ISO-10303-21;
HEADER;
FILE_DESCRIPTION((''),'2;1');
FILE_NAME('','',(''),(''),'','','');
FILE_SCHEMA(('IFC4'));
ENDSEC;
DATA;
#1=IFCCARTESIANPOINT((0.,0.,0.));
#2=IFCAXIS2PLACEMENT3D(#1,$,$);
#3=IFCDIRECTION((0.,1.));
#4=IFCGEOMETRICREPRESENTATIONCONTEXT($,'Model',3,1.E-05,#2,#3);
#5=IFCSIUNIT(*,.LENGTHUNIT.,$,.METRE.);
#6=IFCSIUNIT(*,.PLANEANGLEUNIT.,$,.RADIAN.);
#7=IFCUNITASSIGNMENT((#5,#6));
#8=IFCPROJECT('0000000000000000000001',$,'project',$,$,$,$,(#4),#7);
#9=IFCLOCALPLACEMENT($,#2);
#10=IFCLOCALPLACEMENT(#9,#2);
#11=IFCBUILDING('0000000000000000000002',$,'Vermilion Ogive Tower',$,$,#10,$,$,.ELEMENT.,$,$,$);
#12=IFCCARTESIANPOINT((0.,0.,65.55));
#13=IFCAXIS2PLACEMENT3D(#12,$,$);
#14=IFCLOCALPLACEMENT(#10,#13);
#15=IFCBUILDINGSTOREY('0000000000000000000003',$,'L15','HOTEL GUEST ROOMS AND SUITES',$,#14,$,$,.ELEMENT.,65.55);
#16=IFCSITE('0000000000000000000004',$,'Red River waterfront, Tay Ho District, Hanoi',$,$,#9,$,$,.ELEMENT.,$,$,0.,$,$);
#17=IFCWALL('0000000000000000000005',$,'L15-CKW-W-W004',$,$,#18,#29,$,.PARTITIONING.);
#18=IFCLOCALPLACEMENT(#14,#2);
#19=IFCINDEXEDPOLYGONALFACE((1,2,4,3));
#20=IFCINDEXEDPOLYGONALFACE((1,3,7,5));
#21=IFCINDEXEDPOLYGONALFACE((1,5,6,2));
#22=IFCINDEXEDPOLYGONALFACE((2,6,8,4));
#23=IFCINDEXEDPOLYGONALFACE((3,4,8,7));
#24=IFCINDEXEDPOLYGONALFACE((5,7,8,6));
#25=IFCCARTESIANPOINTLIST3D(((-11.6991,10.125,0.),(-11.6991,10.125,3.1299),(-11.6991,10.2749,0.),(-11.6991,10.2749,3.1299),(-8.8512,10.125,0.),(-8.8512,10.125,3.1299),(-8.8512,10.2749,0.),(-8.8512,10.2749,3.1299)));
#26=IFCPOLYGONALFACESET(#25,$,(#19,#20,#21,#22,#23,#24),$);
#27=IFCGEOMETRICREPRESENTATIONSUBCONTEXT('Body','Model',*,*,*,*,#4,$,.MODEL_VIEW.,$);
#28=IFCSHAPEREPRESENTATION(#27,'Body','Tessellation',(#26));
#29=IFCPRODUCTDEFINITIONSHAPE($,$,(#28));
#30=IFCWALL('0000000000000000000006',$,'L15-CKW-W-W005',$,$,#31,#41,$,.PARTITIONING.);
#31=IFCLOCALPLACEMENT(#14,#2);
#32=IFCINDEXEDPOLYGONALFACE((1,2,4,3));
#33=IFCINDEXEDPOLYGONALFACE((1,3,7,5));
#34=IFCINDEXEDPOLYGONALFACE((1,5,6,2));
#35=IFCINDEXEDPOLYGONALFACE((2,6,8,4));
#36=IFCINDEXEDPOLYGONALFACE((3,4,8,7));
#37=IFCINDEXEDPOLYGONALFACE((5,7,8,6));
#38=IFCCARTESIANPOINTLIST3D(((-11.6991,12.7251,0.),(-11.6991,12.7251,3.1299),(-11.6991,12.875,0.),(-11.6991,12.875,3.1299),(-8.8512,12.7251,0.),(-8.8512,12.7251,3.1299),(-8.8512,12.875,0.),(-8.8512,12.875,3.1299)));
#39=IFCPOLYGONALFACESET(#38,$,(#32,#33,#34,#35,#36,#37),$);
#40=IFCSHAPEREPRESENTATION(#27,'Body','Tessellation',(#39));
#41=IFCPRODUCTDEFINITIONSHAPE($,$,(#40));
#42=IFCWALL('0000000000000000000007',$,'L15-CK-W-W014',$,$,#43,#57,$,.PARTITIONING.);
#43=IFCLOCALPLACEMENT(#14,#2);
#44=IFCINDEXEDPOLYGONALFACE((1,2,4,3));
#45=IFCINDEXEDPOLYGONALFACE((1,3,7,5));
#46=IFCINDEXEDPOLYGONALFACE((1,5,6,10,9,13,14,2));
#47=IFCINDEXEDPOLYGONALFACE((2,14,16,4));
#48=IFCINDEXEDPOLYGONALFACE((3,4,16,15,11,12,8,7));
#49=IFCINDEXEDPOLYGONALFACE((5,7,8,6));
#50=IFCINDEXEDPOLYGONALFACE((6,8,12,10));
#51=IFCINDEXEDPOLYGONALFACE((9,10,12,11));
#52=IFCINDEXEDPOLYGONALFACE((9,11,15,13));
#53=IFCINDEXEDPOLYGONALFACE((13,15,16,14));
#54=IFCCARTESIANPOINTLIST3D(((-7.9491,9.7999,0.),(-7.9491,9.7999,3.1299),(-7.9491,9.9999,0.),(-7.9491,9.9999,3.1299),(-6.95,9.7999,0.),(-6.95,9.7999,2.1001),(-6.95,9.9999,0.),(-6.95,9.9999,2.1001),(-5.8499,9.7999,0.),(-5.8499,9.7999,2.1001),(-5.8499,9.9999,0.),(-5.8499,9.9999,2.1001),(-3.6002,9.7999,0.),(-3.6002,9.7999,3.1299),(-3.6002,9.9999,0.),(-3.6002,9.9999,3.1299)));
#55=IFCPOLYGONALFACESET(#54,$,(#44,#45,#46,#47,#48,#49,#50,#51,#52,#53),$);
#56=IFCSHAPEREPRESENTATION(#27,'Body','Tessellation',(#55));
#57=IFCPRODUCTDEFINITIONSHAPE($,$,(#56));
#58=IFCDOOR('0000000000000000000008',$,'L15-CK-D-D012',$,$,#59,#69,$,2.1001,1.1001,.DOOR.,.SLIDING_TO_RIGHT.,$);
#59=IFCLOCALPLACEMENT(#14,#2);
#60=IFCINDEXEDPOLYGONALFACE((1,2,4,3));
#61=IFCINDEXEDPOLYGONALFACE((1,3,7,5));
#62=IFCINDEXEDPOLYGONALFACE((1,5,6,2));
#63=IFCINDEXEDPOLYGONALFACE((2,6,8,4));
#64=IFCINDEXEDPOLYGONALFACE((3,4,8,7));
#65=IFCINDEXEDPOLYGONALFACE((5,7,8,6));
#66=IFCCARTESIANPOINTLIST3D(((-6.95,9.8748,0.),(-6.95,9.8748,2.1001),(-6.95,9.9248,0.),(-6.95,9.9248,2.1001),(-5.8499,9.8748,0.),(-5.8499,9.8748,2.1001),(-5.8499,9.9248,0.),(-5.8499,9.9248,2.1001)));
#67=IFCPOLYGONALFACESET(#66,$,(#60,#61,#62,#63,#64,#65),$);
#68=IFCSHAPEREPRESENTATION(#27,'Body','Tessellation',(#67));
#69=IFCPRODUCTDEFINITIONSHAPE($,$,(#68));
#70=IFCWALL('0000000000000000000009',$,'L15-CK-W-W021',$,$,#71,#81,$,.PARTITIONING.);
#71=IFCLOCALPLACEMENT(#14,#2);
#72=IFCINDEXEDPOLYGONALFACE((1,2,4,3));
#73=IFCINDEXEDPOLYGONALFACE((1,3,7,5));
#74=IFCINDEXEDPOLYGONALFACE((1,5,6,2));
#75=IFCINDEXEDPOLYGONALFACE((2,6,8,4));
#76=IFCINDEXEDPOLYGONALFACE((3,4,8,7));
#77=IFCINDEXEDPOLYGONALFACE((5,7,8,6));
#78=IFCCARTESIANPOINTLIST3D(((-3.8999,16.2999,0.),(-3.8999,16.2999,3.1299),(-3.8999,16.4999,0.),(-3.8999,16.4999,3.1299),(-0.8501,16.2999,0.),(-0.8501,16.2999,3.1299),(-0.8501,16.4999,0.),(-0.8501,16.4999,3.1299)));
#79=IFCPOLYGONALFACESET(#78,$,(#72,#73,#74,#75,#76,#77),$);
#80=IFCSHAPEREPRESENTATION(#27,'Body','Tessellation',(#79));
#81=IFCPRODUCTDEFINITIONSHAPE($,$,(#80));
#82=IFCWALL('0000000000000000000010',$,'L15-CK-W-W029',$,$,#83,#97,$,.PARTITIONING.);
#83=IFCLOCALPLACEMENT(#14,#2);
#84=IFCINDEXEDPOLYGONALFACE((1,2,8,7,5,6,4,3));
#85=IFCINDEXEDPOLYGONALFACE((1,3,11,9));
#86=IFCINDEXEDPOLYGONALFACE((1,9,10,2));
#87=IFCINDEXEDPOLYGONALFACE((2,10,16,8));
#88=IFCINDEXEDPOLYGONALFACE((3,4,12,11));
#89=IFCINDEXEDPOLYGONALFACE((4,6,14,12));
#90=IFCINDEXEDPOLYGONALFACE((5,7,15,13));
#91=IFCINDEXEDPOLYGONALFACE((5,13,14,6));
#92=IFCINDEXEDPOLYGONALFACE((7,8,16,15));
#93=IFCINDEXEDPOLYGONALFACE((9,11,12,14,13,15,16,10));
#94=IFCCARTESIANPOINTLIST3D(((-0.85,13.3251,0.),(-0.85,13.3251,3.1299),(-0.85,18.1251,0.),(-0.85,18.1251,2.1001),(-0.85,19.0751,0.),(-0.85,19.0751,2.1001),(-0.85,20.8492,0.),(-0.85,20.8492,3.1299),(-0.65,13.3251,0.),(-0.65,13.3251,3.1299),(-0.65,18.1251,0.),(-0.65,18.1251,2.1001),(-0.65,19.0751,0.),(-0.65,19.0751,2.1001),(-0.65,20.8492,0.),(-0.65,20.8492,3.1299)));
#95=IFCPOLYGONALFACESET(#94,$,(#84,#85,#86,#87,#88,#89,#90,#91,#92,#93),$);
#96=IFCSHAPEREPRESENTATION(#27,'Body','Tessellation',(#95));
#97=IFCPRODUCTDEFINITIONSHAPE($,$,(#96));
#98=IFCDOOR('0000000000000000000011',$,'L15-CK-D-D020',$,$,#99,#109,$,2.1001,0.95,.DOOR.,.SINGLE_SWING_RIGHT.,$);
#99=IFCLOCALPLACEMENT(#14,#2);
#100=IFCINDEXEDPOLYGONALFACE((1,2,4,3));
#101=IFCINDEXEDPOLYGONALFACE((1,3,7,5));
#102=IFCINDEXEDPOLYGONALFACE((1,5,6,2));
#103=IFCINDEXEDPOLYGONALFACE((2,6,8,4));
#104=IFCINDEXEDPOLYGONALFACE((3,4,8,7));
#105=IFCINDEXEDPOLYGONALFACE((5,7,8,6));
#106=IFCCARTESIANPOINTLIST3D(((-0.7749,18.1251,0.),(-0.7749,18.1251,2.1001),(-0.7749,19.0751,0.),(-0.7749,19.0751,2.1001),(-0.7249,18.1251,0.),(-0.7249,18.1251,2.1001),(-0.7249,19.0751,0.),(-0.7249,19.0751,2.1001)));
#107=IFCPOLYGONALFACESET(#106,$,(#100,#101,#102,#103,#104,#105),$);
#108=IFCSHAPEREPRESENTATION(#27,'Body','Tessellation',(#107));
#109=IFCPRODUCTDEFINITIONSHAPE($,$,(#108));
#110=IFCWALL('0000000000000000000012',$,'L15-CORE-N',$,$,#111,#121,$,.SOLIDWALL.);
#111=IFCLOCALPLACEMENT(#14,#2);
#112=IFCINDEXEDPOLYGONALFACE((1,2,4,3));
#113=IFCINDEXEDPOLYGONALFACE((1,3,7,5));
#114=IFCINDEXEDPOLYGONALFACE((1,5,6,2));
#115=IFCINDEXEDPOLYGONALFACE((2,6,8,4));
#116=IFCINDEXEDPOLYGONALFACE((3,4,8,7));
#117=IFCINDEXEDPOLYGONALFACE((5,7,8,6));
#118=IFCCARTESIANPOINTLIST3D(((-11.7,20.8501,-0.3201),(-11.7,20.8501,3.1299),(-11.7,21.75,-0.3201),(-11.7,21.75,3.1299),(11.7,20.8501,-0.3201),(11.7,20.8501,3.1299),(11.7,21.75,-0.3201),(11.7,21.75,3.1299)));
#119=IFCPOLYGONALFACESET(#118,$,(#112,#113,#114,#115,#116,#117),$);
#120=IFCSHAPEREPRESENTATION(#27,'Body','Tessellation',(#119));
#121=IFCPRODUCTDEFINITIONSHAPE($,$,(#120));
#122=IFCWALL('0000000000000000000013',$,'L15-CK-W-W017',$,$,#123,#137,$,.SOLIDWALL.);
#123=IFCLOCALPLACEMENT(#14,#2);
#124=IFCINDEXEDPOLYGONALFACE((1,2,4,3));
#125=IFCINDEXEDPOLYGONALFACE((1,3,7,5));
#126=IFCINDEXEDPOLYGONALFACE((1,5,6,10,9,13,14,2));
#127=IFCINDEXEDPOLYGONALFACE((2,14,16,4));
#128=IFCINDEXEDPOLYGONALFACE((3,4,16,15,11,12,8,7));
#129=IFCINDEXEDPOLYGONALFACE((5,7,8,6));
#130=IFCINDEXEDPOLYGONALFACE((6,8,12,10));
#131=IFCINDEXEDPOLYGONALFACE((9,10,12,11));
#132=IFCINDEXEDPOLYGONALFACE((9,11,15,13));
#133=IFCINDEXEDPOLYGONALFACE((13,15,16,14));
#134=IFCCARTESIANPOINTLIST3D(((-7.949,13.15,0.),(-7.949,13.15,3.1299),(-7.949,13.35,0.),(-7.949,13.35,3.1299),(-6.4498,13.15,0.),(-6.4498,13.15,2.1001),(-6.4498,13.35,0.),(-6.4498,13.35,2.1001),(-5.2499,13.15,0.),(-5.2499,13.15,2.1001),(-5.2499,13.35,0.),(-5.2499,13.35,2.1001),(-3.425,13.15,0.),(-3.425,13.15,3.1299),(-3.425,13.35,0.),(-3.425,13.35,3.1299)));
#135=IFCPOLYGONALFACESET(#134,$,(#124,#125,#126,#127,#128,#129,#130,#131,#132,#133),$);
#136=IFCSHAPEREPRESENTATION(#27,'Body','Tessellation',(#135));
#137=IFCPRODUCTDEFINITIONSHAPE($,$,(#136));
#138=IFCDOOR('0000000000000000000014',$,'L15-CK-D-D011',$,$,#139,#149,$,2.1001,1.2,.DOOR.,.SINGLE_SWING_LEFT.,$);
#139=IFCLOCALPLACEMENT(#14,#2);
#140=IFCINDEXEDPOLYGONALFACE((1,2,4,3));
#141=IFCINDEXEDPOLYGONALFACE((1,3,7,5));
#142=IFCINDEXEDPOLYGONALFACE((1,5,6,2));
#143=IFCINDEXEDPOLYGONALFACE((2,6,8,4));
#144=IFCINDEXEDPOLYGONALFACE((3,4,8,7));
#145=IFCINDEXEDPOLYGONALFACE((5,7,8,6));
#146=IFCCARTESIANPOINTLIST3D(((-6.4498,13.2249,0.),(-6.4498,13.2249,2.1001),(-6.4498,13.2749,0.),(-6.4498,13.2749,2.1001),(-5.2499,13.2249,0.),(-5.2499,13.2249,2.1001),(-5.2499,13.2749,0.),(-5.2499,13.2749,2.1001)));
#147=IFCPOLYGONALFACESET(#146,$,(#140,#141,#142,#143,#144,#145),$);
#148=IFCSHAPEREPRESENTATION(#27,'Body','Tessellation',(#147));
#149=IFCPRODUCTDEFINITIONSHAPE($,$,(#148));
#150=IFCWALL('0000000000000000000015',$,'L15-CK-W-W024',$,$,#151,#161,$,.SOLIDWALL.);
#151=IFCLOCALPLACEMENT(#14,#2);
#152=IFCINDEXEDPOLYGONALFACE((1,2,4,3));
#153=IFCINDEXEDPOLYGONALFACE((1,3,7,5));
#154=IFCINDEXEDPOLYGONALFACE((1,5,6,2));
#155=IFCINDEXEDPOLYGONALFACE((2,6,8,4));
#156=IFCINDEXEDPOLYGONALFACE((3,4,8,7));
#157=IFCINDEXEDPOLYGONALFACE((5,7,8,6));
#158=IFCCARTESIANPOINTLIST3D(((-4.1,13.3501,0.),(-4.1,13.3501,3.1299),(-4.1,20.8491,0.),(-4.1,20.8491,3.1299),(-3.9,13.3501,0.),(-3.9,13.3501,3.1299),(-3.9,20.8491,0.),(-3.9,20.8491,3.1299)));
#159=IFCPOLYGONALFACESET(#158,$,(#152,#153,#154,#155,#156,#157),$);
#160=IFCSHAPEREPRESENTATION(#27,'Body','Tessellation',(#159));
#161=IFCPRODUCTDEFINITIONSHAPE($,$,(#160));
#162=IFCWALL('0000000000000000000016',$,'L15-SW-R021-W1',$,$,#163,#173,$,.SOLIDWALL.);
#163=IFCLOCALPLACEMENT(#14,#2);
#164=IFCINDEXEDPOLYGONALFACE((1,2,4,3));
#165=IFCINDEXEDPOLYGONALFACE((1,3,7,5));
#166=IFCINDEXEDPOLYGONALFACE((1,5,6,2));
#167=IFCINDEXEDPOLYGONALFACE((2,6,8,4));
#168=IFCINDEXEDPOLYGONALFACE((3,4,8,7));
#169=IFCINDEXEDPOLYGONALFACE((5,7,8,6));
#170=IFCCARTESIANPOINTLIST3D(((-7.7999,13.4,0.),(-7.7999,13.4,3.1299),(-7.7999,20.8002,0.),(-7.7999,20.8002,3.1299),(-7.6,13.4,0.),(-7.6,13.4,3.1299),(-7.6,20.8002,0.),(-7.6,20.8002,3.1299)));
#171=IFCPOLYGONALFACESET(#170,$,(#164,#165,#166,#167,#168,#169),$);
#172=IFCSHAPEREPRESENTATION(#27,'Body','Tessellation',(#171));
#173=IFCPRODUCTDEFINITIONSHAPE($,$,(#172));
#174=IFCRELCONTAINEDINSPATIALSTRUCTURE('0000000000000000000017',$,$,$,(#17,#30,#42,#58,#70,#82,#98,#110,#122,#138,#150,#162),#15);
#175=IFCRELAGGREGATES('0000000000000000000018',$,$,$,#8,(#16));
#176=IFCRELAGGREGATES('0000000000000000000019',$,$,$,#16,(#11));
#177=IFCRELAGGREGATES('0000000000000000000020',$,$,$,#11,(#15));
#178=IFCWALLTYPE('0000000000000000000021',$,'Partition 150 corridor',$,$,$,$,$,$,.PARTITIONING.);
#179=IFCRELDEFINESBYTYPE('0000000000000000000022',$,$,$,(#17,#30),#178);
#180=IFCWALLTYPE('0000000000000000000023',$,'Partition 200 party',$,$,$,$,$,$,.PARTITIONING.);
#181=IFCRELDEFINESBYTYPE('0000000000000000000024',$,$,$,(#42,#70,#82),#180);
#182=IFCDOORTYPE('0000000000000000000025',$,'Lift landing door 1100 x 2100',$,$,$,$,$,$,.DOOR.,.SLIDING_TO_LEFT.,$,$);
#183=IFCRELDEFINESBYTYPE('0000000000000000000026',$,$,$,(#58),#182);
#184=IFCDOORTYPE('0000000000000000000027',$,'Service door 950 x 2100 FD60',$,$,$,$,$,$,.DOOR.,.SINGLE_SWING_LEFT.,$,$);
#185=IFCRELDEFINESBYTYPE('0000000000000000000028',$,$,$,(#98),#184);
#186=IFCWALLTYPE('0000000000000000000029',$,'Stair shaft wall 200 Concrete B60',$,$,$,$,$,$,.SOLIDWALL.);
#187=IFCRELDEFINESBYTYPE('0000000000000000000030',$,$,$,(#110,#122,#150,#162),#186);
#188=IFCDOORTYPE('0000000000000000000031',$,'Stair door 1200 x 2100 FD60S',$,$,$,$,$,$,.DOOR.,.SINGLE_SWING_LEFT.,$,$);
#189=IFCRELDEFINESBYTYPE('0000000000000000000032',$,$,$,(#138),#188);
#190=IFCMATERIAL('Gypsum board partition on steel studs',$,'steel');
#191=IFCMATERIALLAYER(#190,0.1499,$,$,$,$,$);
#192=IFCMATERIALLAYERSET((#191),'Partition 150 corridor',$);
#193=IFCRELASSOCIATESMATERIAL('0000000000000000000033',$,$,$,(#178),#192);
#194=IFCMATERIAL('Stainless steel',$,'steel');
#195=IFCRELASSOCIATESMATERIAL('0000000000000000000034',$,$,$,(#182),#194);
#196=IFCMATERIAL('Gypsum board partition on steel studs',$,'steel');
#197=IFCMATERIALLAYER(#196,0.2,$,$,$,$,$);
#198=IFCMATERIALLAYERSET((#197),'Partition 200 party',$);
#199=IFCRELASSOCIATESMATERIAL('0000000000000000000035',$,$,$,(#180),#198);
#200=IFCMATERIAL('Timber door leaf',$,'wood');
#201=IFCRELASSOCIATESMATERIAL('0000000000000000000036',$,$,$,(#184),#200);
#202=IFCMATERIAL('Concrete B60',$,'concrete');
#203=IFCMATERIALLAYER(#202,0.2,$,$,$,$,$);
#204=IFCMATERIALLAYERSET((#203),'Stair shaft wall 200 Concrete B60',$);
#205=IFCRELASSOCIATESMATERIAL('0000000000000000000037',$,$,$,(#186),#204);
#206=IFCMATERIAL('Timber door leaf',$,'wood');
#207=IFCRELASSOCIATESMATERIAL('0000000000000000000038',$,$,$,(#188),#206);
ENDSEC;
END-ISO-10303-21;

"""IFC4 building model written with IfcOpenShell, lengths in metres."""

from ifc_helpers import new_model, si_unit, direction, frame, frame_2d, origin, place, context, subcontext, project, spatial, rectangle, extrude, material, layer, layer_set, type_object, element, fill, save


model = new_model("IFC4")

# Units and contexts
model_context = context("Model", 3, precision=1e-05, world=origin(), true_north=direction((0.0, 1.0)))
body_context = subcontext(model_context, "Body", "Model", "MODEL_VIEW")
ifc_project = project(units=[si_unit("LENGTHUNIT", "METRE"), si_unit("PLANEANGLEUNIT", "RADIAN")], contexts=[model_context])

# Site, building, storey
site_placement = place(None, origin())
site = spatial("IfcSite", under=ifc_project, at=site_placement, Name="Red River waterfront, Tay Ho District, Hanoi", CompositionType="ELEMENT", RefElevation=0.0)
building_placement = place(site_placement, origin())
building = spatial("IfcBuilding", under=site, at=building_placement, Name="Vermilion Ogive Tower", CompositionType="ELEMENT")
storey_placement = place(building_placement, frame((0.0, 0.0, 65.55)))
storey = spatial("IfcBuildingStorey", under=building, at=storey_placement, Name="L15", Description="HOTEL GUEST ROOMS AND SUITES", CompositionType="ELEMENT", Elevation=65.55)

# Shared definitions
ifc_material_1 = material(Name="Gypsum board partition on steel studs", Category="steel")
ifc_layer_1 = layer(ifc_material_1, 0.1499)
ifc_layer_set_1 = layer_set([ifc_layer_1], Name="Partition 150 corridor")
wall_type_1 = type_object("IfcWallType", Name="Partition 150 corridor", PredefinedType="PARTITIONING", material=ifc_layer_set_1)

# Shared definitions
ifc_material_2 = material(Name="Stainless steel", Category="steel")
door_type_1 = type_object("IfcDoorType", Name="Lift landing door 1100 x 2100", OperationType="SLIDING_TO_LEFT", PredefinedType="DOOR", material=ifc_material_2)

# Walls
for number, where, z_axis, x_axis, name in (
    (1, (-11.699, 10.2, 0.0), (0.0, 0.0, 1.0), (1.0, 0.0, 0.0), "L15-CKW-W-W004"),
    (2, (-11.699, 12.8, 0.0), (0.0, 0.0, 1.0), (1.0, 0.0, 0.0), "L15-CKW-W-W005"),
):
    element("IfcWall", number, at=place(storey_placement, frame(where, z_axis=z_axis, x_axis=x_axis)), inside=storey, type_object=wall_type_1, Name=name, PredefinedType="PARTITIONING", context=body_context, shape_type="SweptSolid", body=[
        extrude(rectangle(XDim=2.8479, YDim=0.1499, at=frame_2d((1.4238, 0.0))), origin(), (0.0, 0.0, 1.0), 3.1299),
    ])

# Wall, opening, door
ifc_material_3 = material(Name="Gypsum board partition on steel studs", Category="steel")
ifc_layer_2 = layer(ifc_material_3, 0.2)
ifc_layer_set_2 = layer_set([ifc_layer_2], Name="Partition 200 party")
wall_type_2 = type_object("IfcWallType", Name="Partition 200 party", PredefinedType="PARTITIONING", material=ifc_layer_set_2)
wall_1_placement = place(storey_placement, frame((-7.949, 9.8999, 0.0), z_axis=(0.0, 0.0, 1.0), x_axis=(1.0, 0.0, 0.0)))
wall_1 = element("IfcWall", 3, at=wall_1_placement, inside=storey, type_object=wall_type_2, Name="L15-CK-W-W014", PredefinedType="PARTITIONING", context=body_context, shape_type="SweptSolid", body=[
    extrude(rectangle(XDim=4.3489, YDim=0.2, at=frame_2d((2.1743, 0.0))), origin(), (0.0, 0.0, 1.0), 3.1299),
])
opening_1_placement = place(wall_1_placement, frame((0.999, 0.0, 0.0)))
opening_1 = element("IfcOpeningElement", 4, at=opening_1_placement, cuts=wall_1, PredefinedType="OPENING", context=body_context, shape_type="SweptSolid", body=[
    extrude(rectangle(XDim=1.1001, YDim=2.1001, at=frame_2d((0.55, 1.05))), frame((0.0, 0.1099, 0.0), z_axis=(0.0, -1.0, 0.0), x_axis=(1.0, 0.0, 0.0)), (0.0, 0.0, 1.0), 0.22),
])
door_1_placement = place(opening_1_placement, origin())
door_1 = element("IfcDoor", 5, at=door_1_placement, inside=storey, type_object=door_type_1, Name="L15-CK-D-D012", OperationType="SLIDING_TO_RIGHT", OverallHeight=2.1001, OverallWidth=1.1001, PredefinedType="DOOR", context=body_context, shape_type="SweptSolid", body=[
    extrude(rectangle(XDim=1.1001, YDim=2.1001, at=frame_2d((0.55, 1.05))), frame((0.0, 0.0249, 0.0), z_axis=(0.0, -1.0, 0.0), x_axis=(1.0, 0.0, 0.0)), (0.0, 0.0, 1.0), 0.05),
])
fill(opening_1, door_1)

# Wall
wall_2_placement = place(storey_placement, frame((-3.8999, 16.3999, 0.0), z_axis=(0.0, 0.0, 1.0), x_axis=(1.0, 0.0, 0.0)))
element("IfcWall", 6, at=wall_2_placement, inside=storey, type_object=wall_type_2, Name="L15-CK-W-W021", PredefinedType="PARTITIONING", context=body_context, shape_type="SweptSolid", body=[
    extrude(rectangle(XDim=3.0498, YDim=0.2, at=frame_2d((1.5249, 0.0))), origin(), (0.0, 0.0, 1.0), 3.1299),
])

# Wall, opening, door
wall_3_placement = place(storey_placement, frame((-0.75, 13.325, 0.0), z_axis=(0.0, 0.0, 1.0), x_axis=(0.0, 1.0, 0.0)))
wall_3 = element("IfcWall", 7, at=wall_3_placement, inside=storey, type_object=wall_type_2, Name="L15-CK-W-W029", PredefinedType="PARTITIONING", context=body_context, shape_type="SweptSolid", body=[
    extrude(rectangle(XDim=7.5242, YDim=0.2, at=frame_2d((3.7622, 0.0))), origin(), (0.0, 0.0, 1.0), 3.1299),
])
opening_2_placement = place(wall_3_placement, frame((4.8, 0.0, 0.0)))
opening_2 = element("IfcOpeningElement", 8, at=opening_2_placement, cuts=wall_3, PredefinedType="OPENING", context=body_context, shape_type="SweptSolid", body=[
    extrude(rectangle(XDim=0.95, YDim=2.1001, at=frame_2d((0.4751, 1.05))), frame((0.0, 0.1099, 0.0), z_axis=(0.0, -1.0, 0.0), x_axis=(1.0, 0.0, 0.0)), (0.0, 0.0, 1.0), 0.22),
])
ifc_material_4 = material(Name="Timber door leaf", Category="wood")
door_type_2 = type_object("IfcDoorType", Name="Service door 950 x 2100 FD60", OperationType="SINGLE_SWING_LEFT", PredefinedType="DOOR", material=ifc_material_4)
door_2_placement = place(opening_2_placement, origin())
door_2 = element("IfcDoor", 9, at=door_2_placement, inside=storey, type_object=door_type_2, Name="L15-CK-D-D020", OperationType="SINGLE_SWING_RIGHT", OverallHeight=2.1001, OverallWidth=0.95, PredefinedType="DOOR", context=body_context, shape_type="SweptSolid", body=[
    extrude(rectangle(XDim=0.95, YDim=2.1001, at=frame_2d((0.4751, 1.05))), frame((0.0, 0.0249, 0.0), z_axis=(0.0, -1.0, 0.0), x_axis=(1.0, 0.0, 0.0)), (0.0, 0.0, 1.0), 0.05),
])
fill(opening_2, door_2)

# Wall
ifc_material_5 = material(Name="Concrete B60", Category="concrete")
ifc_layer_3 = layer(ifc_material_5, 0.2)
ifc_layer_set_3 = layer_set([ifc_layer_3], Name="Stair shaft wall 200 Concrete B60")
wall_type_3 = type_object("IfcWallType", Name="Stair shaft wall 200 Concrete B60", PredefinedType="SOLIDWALL", material=ifc_layer_set_3)
wall_4_placement = place(storey_placement, frame((-11.7, 21.3, -0.3201), z_axis=(0.0, 0.0, 1.0), x_axis=(1.0, 0.0, 0.0)))
element("IfcWall", 10, at=wall_4_placement, inside=storey, type_object=wall_type_3, Name="L15-CORE-N", PredefinedType="SOLIDWALL", context=body_context, shape_type="SweptSolid", body=[
    extrude(rectangle(XDim=23.3999, YDim=0.8999, at=frame_2d((11.7, 0.0))), origin(), (0.0, 0.0, 1.0), 3.45),
])

# Wall, opening, door
wall_5_placement = place(storey_placement, frame((-7.949, 13.25, 0.0), z_axis=(0.0, 0.0, 1.0), x_axis=(1.0, 0.0, 0.0)))
wall_5 = element("IfcWall", 11, at=wall_5_placement, inside=storey, type_object=wall_type_3, Name="L15-CK-W-W017", PredefinedType="SOLIDWALL", context=body_context, shape_type="SweptSolid", body=[
    extrude(rectangle(XDim=4.5239, YDim=0.2, at=frame_2d((2.262, 0.0))), origin(), (0.0, 0.0, 1.0), 3.1299),
])
opening_3_placement = place(wall_5_placement, frame((1.499, 0.0, 0.0)))
opening_3 = element("IfcOpeningElement", 12, at=opening_3_placement, cuts=wall_5, PredefinedType="OPENING", context=body_context, shape_type="SweptSolid", body=[
    extrude(rectangle(XDim=1.2, YDim=2.1001, at=frame_2d((0.6001, 1.05))), frame((0.0, 0.1099, 0.0), z_axis=(0.0, -1.0, 0.0), x_axis=(1.0, 0.0, 0.0)), (0.0, 0.0, 1.0), 0.22),
])
ifc_material_6 = material(Name="Timber door leaf", Category="wood")
door_type_3 = type_object("IfcDoorType", Name="Stair door 1200 x 2100 FD60S", OperationType="SINGLE_SWING_LEFT", PredefinedType="DOOR", material=ifc_material_6)
door_3_placement = place(opening_3_placement, origin())
door_3 = element("IfcDoor", 13, at=door_3_placement, inside=storey, type_object=door_type_3, Name="L15-CK-D-D011", OperationType="SINGLE_SWING_LEFT", OverallHeight=2.1001, OverallWidth=1.2, PredefinedType="DOOR", context=body_context, shape_type="SweptSolid", body=[
    extrude(rectangle(XDim=1.2, YDim=2.1001, at=frame_2d((0.6001, 1.05))), frame((0.0, 0.0249, 0.0), z_axis=(0.0, -1.0, 0.0), x_axis=(1.0, 0.0, 0.0)), (0.0, 0.0, 1.0), 0.05),
])
fill(opening_3, door_3)

# Walls
wall_6_placement = place(storey_placement, frame((-4.0, 13.3501, 0.0), z_axis=(0.0, 0.0, 1.0), x_axis=(0.0, 1.0, 0.0)))
element("IfcWall", 14, at=wall_6_placement, inside=storey, type_object=wall_type_3, Name="L15-CK-W-W024", PredefinedType="SOLIDWALL", context=body_context, shape_type="SweptSolid", body=[
    extrude(rectangle(XDim=7.499, YDim=0.2, at=frame_2d((3.7495, 0.0))), origin(), (0.0, 0.0, 1.0), 3.1299),
])
wall_7_placement = place(storey_placement, frame((-7.7, 13.3999, 0.0), z_axis=(0.0, 0.0, 1.0), x_axis=(0.0, 1.0, 0.0)))
element("IfcWall", 15, at=wall_7_placement, inside=storey, type_object=wall_type_3, Name="L15-SW-R021-W1", PredefinedType="SOLIDWALL", context=body_context, shape_type="SweptSolid", body=[
    extrude(rectangle(XDim=7.4001, YDim=0.2, at=frame_2d((3.7002, 0.0))), origin(), (0.0, 0.0, 1.0), 3.1299),
])

save(model, "model.ifc")
